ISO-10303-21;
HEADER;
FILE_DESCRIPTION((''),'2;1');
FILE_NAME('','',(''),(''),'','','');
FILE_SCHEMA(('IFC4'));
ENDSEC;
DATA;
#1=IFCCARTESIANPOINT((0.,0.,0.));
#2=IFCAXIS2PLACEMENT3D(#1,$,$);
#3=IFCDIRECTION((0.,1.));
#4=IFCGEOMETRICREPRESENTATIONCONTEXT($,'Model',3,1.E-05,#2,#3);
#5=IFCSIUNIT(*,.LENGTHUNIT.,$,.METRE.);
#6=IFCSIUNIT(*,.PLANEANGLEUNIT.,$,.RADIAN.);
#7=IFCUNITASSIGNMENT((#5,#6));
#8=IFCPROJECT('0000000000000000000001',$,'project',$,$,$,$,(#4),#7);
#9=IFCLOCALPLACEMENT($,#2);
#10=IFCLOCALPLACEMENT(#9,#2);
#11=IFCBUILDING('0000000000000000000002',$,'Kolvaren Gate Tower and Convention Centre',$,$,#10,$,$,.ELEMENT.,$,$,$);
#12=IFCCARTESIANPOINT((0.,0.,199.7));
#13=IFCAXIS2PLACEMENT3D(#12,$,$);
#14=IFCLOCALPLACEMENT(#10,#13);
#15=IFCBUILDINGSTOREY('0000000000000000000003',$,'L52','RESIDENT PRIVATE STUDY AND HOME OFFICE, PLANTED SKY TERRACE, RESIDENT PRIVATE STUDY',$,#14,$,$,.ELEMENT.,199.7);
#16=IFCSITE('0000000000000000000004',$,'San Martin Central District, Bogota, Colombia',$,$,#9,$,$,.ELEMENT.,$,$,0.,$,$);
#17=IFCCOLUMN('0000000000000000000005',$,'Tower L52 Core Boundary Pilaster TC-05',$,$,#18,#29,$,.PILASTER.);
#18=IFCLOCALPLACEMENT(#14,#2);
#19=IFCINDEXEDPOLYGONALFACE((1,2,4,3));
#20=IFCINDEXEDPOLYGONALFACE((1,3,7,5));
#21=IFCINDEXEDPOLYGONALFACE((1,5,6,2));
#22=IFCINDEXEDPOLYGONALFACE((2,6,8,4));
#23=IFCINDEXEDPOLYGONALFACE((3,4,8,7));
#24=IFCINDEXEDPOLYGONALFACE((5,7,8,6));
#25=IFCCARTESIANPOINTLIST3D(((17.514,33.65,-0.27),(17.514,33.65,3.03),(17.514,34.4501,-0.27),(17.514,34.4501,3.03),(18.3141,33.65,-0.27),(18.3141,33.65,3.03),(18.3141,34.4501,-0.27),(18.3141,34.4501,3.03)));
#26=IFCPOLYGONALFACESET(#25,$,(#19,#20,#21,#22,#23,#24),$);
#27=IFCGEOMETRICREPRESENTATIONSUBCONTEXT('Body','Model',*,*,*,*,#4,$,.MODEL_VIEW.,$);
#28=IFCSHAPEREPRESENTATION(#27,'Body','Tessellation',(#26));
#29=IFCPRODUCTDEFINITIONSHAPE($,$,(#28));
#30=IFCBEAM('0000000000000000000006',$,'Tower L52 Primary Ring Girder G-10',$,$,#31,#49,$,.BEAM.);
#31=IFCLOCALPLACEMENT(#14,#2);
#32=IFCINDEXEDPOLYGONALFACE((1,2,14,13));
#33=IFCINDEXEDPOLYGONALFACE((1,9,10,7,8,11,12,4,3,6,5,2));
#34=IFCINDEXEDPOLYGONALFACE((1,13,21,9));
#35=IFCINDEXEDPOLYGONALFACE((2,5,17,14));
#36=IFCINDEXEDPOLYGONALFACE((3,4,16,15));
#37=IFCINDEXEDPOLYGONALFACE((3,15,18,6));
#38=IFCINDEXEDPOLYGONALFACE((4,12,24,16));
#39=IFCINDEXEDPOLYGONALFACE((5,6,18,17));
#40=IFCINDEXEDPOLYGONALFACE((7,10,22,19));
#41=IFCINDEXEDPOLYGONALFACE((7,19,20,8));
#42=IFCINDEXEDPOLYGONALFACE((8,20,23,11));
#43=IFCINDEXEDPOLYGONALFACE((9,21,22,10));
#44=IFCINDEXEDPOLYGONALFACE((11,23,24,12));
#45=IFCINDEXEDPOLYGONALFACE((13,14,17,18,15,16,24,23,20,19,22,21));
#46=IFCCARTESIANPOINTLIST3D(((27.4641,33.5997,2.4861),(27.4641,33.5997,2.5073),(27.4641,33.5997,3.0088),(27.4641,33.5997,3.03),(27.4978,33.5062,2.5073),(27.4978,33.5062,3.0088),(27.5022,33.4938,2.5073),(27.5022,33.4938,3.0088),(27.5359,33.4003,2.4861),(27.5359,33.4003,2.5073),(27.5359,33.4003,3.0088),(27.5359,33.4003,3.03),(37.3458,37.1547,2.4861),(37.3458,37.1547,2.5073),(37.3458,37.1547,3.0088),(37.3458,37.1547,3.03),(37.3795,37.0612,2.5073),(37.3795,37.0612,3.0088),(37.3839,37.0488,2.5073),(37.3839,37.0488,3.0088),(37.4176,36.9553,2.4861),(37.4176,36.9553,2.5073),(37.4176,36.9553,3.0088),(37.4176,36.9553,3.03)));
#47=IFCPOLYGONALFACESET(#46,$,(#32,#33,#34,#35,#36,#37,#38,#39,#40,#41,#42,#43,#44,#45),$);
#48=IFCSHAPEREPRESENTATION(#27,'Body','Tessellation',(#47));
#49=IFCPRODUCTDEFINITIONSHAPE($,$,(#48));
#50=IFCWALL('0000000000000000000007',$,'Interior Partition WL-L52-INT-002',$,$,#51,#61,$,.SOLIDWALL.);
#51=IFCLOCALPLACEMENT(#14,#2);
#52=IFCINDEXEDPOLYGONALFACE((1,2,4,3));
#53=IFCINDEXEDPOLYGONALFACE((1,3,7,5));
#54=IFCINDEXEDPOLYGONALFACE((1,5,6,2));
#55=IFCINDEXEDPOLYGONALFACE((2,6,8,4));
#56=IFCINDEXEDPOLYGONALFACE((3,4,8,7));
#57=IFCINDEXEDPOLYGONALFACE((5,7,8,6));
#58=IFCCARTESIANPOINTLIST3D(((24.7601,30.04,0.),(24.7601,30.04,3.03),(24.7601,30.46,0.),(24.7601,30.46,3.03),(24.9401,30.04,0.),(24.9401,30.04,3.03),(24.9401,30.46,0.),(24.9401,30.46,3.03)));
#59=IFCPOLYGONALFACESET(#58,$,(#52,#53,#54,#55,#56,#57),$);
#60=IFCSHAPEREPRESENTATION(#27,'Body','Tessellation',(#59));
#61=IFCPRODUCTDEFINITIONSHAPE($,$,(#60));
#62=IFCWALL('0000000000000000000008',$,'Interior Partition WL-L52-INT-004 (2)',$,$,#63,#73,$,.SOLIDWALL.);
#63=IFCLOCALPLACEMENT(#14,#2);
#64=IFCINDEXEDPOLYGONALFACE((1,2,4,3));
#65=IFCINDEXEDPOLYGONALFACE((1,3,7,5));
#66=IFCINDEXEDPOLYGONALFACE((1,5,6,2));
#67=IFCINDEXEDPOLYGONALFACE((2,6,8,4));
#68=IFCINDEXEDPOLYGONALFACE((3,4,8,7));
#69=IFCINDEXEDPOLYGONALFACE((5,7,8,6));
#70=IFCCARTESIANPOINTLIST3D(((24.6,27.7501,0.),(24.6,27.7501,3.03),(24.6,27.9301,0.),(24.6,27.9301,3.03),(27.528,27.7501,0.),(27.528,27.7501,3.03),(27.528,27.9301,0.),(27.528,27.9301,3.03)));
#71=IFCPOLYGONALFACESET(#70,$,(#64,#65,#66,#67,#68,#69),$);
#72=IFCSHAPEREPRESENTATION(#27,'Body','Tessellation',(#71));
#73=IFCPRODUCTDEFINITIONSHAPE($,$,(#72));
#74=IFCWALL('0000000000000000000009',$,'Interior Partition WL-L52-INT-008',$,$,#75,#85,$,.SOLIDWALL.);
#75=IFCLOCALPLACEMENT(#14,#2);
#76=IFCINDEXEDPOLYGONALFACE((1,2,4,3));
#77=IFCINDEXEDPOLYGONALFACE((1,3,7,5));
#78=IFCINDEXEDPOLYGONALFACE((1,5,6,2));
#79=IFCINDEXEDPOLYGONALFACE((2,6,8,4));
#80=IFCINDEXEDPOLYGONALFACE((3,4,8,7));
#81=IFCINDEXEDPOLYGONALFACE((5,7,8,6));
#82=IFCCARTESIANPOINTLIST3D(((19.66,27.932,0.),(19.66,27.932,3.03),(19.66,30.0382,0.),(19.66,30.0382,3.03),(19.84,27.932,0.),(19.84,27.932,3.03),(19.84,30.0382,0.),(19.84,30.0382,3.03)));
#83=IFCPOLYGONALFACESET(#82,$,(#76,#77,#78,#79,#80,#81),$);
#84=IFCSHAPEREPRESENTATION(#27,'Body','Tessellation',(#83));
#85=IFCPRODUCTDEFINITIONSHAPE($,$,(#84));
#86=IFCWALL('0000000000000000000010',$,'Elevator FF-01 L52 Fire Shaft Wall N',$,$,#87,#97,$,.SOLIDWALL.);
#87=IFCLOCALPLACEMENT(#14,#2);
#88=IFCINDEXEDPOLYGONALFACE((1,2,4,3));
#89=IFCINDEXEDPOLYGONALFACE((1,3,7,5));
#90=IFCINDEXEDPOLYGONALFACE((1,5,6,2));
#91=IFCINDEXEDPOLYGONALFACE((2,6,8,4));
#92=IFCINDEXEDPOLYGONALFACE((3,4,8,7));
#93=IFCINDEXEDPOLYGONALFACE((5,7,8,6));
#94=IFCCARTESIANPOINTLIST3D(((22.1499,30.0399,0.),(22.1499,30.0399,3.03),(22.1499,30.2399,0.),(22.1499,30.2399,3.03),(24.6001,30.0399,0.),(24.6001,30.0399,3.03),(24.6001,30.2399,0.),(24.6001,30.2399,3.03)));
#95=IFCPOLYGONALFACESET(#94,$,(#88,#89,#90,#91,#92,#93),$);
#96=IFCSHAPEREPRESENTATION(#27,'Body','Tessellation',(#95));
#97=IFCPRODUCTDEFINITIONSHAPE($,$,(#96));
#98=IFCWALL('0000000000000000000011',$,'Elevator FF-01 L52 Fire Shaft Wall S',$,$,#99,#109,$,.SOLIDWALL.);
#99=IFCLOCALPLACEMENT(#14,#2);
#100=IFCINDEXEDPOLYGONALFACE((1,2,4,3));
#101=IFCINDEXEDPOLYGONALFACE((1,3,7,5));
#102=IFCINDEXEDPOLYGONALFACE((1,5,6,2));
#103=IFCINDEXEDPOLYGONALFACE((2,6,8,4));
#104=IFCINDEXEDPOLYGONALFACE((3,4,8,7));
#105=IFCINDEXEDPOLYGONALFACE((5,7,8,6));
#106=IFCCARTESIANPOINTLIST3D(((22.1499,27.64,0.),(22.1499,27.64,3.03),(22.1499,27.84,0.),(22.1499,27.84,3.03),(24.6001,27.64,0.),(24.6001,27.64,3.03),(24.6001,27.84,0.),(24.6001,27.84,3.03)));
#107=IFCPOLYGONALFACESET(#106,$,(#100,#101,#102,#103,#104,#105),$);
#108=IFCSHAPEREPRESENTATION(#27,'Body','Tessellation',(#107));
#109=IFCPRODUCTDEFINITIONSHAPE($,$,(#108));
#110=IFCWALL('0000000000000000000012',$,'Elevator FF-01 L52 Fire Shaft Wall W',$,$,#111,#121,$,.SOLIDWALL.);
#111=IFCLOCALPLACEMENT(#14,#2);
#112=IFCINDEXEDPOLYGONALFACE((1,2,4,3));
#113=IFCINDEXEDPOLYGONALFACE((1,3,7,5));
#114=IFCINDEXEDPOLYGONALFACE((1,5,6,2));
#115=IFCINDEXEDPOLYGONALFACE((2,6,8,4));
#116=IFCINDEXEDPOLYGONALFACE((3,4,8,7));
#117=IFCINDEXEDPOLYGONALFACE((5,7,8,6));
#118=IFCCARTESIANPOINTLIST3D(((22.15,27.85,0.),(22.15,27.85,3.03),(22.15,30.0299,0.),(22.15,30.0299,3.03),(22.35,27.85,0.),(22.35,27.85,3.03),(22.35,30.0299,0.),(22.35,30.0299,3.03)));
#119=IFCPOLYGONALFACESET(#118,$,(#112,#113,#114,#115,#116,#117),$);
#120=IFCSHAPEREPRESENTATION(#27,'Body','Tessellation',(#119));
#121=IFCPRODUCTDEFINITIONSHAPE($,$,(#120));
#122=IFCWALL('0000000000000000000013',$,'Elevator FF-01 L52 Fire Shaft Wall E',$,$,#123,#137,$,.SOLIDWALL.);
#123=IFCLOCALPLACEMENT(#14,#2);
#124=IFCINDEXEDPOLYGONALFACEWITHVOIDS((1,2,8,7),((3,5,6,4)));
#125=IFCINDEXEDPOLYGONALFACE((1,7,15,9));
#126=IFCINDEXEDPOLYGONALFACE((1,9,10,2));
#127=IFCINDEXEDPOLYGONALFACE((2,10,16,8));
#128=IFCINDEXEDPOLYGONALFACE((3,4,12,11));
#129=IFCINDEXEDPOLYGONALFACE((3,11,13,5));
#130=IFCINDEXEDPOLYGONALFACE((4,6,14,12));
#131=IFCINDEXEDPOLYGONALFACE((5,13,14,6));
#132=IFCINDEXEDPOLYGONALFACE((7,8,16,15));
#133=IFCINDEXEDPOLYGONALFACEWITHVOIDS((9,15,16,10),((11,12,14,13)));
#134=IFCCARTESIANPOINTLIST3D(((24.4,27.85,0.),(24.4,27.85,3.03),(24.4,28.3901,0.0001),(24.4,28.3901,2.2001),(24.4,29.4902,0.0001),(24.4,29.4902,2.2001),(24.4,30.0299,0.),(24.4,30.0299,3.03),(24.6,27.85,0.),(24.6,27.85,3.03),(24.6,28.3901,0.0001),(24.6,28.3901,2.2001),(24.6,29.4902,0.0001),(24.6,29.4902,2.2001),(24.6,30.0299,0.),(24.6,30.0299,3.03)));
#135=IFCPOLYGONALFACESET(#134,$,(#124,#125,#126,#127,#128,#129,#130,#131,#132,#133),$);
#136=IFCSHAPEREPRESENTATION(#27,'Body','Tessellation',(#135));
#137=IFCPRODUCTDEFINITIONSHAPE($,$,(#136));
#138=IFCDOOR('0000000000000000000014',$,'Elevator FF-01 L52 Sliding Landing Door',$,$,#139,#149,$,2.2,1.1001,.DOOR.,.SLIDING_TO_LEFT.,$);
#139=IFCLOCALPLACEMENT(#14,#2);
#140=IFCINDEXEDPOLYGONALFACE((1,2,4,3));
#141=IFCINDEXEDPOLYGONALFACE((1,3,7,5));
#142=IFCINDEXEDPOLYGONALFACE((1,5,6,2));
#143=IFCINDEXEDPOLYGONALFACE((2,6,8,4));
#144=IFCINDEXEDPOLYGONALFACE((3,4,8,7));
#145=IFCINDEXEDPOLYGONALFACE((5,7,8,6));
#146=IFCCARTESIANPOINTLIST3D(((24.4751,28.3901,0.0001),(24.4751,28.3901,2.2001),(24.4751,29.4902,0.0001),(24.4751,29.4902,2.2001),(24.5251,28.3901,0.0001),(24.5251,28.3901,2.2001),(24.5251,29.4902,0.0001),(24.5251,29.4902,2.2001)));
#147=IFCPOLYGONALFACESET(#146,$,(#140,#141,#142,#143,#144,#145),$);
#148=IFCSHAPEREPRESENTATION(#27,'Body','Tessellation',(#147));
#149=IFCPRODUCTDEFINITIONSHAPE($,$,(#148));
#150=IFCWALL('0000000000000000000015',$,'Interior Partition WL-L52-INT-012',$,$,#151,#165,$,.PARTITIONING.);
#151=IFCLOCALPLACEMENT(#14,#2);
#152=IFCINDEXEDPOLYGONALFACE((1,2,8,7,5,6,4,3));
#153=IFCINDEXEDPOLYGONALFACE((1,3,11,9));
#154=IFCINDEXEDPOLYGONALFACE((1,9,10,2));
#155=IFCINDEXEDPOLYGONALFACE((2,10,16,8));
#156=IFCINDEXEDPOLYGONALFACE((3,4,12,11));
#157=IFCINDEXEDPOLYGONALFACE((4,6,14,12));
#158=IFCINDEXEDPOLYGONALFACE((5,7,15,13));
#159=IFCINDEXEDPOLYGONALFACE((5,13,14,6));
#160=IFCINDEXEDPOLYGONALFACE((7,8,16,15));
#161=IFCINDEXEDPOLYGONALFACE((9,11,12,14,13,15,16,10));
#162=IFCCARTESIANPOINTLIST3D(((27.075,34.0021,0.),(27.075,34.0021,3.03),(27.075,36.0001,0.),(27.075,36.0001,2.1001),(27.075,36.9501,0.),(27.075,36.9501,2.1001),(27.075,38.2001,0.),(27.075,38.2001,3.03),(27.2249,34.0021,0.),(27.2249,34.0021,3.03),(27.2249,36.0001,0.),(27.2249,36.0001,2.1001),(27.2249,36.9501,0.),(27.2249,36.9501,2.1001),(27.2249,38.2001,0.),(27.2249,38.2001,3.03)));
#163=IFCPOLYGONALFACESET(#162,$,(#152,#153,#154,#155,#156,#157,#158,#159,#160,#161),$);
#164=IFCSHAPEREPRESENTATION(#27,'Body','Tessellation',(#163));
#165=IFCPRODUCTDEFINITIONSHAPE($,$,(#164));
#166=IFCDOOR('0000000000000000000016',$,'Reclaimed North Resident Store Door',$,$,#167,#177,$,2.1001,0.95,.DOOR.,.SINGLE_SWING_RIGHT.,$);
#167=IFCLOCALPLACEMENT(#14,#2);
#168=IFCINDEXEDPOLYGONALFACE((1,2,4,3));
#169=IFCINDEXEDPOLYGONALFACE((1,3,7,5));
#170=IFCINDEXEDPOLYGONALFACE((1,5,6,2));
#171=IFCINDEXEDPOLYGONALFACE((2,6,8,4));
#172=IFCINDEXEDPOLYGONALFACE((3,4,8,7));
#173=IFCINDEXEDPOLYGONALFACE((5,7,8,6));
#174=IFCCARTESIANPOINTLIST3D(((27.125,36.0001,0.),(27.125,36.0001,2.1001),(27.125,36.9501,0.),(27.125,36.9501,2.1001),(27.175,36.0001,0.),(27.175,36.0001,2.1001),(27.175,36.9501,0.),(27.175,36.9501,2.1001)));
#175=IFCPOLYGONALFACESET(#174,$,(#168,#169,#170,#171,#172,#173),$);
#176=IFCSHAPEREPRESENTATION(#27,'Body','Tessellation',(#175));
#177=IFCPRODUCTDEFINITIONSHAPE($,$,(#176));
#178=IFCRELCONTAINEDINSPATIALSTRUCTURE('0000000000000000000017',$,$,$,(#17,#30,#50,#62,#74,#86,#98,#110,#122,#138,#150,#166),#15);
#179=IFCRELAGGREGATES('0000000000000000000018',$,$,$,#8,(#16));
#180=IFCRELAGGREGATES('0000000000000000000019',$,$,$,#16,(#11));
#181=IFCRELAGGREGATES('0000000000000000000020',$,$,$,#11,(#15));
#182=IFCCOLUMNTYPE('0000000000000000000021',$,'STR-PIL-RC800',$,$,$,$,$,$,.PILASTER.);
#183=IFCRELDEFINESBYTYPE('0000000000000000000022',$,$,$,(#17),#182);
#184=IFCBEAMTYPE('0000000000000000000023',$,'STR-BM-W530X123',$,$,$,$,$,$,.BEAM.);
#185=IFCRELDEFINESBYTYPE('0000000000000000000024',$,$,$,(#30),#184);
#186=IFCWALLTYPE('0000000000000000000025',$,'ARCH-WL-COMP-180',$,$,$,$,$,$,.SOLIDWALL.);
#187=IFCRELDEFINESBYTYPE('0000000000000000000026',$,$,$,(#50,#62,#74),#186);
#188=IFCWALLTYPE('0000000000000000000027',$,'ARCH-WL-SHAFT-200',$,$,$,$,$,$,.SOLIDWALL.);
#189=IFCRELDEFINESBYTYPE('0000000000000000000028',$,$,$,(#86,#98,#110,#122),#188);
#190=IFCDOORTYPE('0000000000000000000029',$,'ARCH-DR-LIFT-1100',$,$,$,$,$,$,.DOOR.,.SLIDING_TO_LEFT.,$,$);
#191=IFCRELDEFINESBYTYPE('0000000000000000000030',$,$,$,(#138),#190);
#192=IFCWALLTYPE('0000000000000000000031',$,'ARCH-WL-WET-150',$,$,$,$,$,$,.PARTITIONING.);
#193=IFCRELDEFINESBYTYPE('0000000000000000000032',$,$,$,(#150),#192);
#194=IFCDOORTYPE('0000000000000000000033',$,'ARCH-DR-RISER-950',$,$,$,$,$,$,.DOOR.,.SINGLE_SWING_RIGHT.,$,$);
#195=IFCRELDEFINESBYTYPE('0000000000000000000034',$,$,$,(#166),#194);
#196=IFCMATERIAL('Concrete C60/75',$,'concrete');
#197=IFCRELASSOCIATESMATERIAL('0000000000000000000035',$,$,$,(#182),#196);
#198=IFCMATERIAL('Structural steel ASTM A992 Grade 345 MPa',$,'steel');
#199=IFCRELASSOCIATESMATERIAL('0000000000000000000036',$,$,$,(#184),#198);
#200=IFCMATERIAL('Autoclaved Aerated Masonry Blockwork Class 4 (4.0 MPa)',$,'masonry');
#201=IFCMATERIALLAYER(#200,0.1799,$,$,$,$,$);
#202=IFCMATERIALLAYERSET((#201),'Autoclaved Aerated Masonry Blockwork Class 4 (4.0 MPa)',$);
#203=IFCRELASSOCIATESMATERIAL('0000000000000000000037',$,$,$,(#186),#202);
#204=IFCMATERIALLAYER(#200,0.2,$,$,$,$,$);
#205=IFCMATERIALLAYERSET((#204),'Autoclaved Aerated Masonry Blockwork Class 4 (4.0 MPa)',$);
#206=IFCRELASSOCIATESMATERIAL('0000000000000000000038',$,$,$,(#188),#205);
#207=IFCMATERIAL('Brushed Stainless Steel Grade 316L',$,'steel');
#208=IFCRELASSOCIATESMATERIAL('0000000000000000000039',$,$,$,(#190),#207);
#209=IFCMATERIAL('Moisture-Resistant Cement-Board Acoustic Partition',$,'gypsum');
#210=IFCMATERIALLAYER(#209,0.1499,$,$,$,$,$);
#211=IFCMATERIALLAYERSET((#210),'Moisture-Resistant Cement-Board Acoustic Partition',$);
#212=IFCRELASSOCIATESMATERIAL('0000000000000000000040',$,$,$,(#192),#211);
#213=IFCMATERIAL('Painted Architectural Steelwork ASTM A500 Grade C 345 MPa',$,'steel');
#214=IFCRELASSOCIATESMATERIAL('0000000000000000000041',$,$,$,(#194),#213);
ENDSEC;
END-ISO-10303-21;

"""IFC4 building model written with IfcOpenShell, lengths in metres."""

from ifc_helpers import new_model, si_unit, direction, frame, frame_2d, origin, origin_2d, place, context, subcontext, project, spatial, rectangle, i_section, extrude, material, layer, layer_set, material_profile, profile_set, type_object, element, fill, save


model = new_model("IFC4")

# Units and contexts
model_context = context("Model", 3, precision=1e-05, world=origin(), true_north=direction((0.0, 1.0)))
body_context = subcontext(model_context, "Body", "Model", "MODEL_VIEW")
ifc_project = project(units=[si_unit("LENGTHUNIT", "METRE"), si_unit("PLANEANGLEUNIT", "RADIAN")], contexts=[model_context])

# Site, building, storey
site_placement = place(None, origin())
site = spatial("IfcSite", under=ifc_project, at=site_placement, Name="San Martin Central District, Bogota, Colombia", CompositionType="ELEMENT", RefElevation=0.0)
building_placement = place(site_placement, origin())
building = spatial("IfcBuilding", under=site, at=building_placement, Name="Kolvaren Gate Tower and Convention Centre", CompositionType="ELEMENT")
storey_placement = place(building_placement, frame((0.0, 0.0, 199.7)))
storey = spatial("IfcBuildingStorey", under=building, at=storey_placement, Name="L52", Description="RESIDENT PRIVATE STUDY AND HOME OFFICE, PLANTED SKY TERRACE, RESIDENT PRIVATE STUDY", CompositionType="ELEMENT", Elevation=199.7)

# Column
ifc_material_1 = material(Name="Concrete C60/75", Category="concrete")
ifc_material_profile_1 = material_profile(ifc_material_1, rectangle(XDim=0.8, YDim=0.8, at=origin_2d()), Name="RC-COL-800X800")
ifc_profile_set_1 = profile_set([ifc_material_profile_1], Name="Concrete C60/75")
column_type = type_object("IfcColumnType", Name="STR-PIL-RC800", PredefinedType="PILASTER", material=ifc_profile_set_1)
column_placement = place(storey_placement, frame((17.9141, 34.05, -0.27), z_axis=(0.0, 0.0, 1.0), x_axis=(1.0, 0.0, 0.0)))
element("IfcColumn", 1, at=column_placement, inside=storey, type_object=column_type, Name="Tower L52 Core Boundary Pilaster TC-05", PredefinedType="PILASTER", context=body_context, shape_type="SweptSolid", body=[
    extrude(rectangle(XDim=0.8, YDim=0.8, at=origin_2d()), origin(), (0.0, 0.0, 1.0), 3.3),
])

# Beam
ifc_material_2 = material(Name="Structural steel ASTM A992 Grade 345 MPa", Category="steel")
ifc_material_profile_2 = material_profile(ifc_material_2, i_section(OverallWidth=0.2119, OverallDepth=0.5439, WebThickness=0.0132, FlangeThickness=0.0212, at=origin_2d()), Name="W530X123")
ifc_profile_set_2 = profile_set([ifc_material_profile_2], Name="Structural steel ASTM A992 Grade 345 MPa")
beam_type = type_object("IfcBeamType", Name="STR-BM-W530X123", PredefinedType="BEAM", material=ifc_profile_set_2)
beam_placement = place(storey_placement, frame((27.5, 33.5, 2.7581), z_axis=(0.940961, 0.338514, 0.0), x_axis=(-0.338514, 0.940961, 0.0)))
element("IfcBeam", 2, at=beam_placement, inside=storey, type_object=beam_type, Name="Tower L52 Primary Ring Girder G-10", PredefinedType="BEAM", context=body_context, shape_type="SweptSolid", body=[
    extrude(i_section(OverallWidth=0.2119, OverallDepth=0.5439, WebThickness=0.0132, FlangeThickness=0.0212, at=origin_2d()), origin(), (0.0, 0.0, 1.0), 10.5017),
])

# Walls
ifc_material_3 = material(Name="Autoclaved Aerated Masonry Blockwork Class 4 (4.0 MPa)", Category="masonry")
ifc_layer_1 = layer(ifc_material_3, 0.1799)
ifc_layer_set_1 = layer_set([ifc_layer_1], Name="Autoclaved Aerated Masonry Blockwork Class 4 (4.0 MPa)")
wall_type_1 = type_object("IfcWallType", Name="ARCH-WL-COMP-180", PredefinedType="SOLIDWALL", material=ifc_layer_set_1)
wall_1_placement = place(storey_placement, frame((24.8501, 30.04, 0.0), z_axis=(0.0, 0.0, 1.0), x_axis=(0.0, 1.0, 0.0)))
element("IfcWall", 3, at=wall_1_placement, inside=storey, type_object=wall_type_1, Name="Interior Partition WL-L52-INT-002", PredefinedType="SOLIDWALL", context=body_context, shape_type="SweptSolid", body=[
    extrude(rectangle(XDim=0.4199, YDim=0.1799, at=frame_2d((0.21, 0.0))), origin(), (0.0, 0.0, 1.0), 3.03),
])
wall_2_placement = place(storey_placement, frame((24.6001, 27.8401, 0.0), z_axis=(0.0, 0.0, 1.0), x_axis=(1.0, 0.0, 0.0)))
element("IfcWall", 4, at=wall_2_placement, inside=storey, type_object=wall_type_1, Name="Interior Partition WL-L52-INT-004 (2)", PredefinedType="SOLIDWALL", context=body_context, shape_type="SweptSolid", body=[
    extrude(rectangle(XDim=2.928, YDim=0.1799, at=frame_2d((1.4639, 0.0))), origin(), (0.0, 0.0, 1.0), 3.03),
])
wall_3_placement = place(storey_placement, frame((19.75, 27.9319, 0.0), z_axis=(0.0, 0.0, 1.0), x_axis=(0.0, 1.0, 0.0)))
element("IfcWall", 5, at=wall_3_placement, inside=storey, type_object=wall_type_1, Name="Interior Partition WL-L52-INT-008", PredefinedType="SOLIDWALL", context=body_context, shape_type="SweptSolid", body=[
    extrude(rectangle(XDim=2.1062, YDim=0.1799, at=frame_2d((1.0532, 0.0))), origin(), (0.0, 0.0, 1.0), 3.03),
])
ifc_layer_2 = layer(ifc_material_3, 0.2)
ifc_layer_set_2 = layer_set([ifc_layer_2], Name="Autoclaved Aerated Masonry Blockwork Class 4 (4.0 MPa)")
wall_type_2 = type_object("IfcWallType", Name="ARCH-WL-SHAFT-200", PredefinedType="SOLIDWALL", material=ifc_layer_set_2)
for number, where, z_axis, x_axis, name in (
    (6, (22.1499, 30.1399, 0.0), (0.0, 0.0, 1.0), (1.0, 0.0, 0.0), "Elevator FF-01 L52 Fire Shaft Wall N"),
    (7, (22.1499, 27.74, 0.0), (0.0, 0.0, 1.0), (1.0, 0.0, 0.0), "Elevator FF-01 L52 Fire Shaft Wall S"),
):
    element("IfcWall", number, at=place(storey_placement, frame(where, z_axis=z_axis, x_axis=x_axis)), inside=storey, type_object=wall_type_2, Name=name, PredefinedType="SOLIDWALL", context=body_context, shape_type="SweptSolid", body=[
        extrude(rectangle(XDim=2.4502, YDim=0.2, at=frame_2d((1.2251, 0.0))), origin(), (0.0, 0.0, 1.0), 3.03),
    ])
wall_4_placement = place(storey_placement, frame((22.25, 27.8501, 0.0), z_axis=(0.0, 0.0, 1.0), x_axis=(0.0, 1.0, 0.0)))
element("IfcWall", 8, at=wall_4_placement, inside=storey, type_object=wall_type_2, Name="Elevator FF-01 L52 Fire Shaft Wall W", PredefinedType="SOLIDWALL", context=body_context, shape_type="SweptSolid", body=[
    extrude(rectangle(XDim=2.1799, YDim=0.2, at=frame_2d((1.0898, 0.0))), origin(), (0.0, 0.0, 1.0), 3.03),
])

# Walls, openings, doors
wall_5_placement = place(storey_placement, frame((24.5, 27.8501, 0.0), z_axis=(0.0, 0.0, 1.0), x_axis=(0.0, 1.0, 0.0)))
wall_5 = element("IfcWall", 9, at=wall_5_placement, inside=storey, type_object=wall_type_2, Name="Elevator FF-01 L52 Fire Shaft Wall E", PredefinedType="SOLIDWALL", context=body_context, shape_type="SweptSolid", body=[
    extrude(rectangle(XDim=2.1799, YDim=0.2, at=frame_2d((1.0898, 0.0))), origin(), (0.0, 0.0, 1.0), 3.03),
])
opening_1_placement = place(wall_5_placement, frame((0.54, 0.0, 0.0)))
opening_1 = element("IfcOpeningElement", 10, at=opening_1_placement, cuts=wall_5, PredefinedType="OPENING", context=body_context, shape_type="SweptSolid", body=[
    extrude(rectangle(XDim=1.1001, YDim=2.2, at=frame_2d((0.55, 1.1001))), frame((0.0, 0.1099, 0.0), z_axis=(0.0, -1.0, 0.0), x_axis=(1.0, 0.0, 0.0)), (0.0, 0.0, 1.0), 0.22),
])
ifc_material_4 = material(Name="Brushed Stainless Steel Grade 316L", Category="steel")
door_type_1 = type_object("IfcDoorType", Name="ARCH-DR-LIFT-1100", OperationType="SLIDING_TO_LEFT", PredefinedType="DOOR", material=ifc_material_4)
door_1_placement = place(opening_1_placement, origin())
door_1 = element("IfcDoor", 11, at=door_1_placement, inside=storey, type_object=door_type_1, Name="Elevator FF-01 L52 Sliding Landing Door", OperationType="SLIDING_TO_LEFT", OverallHeight=2.2, OverallWidth=1.1001, PredefinedType="DOOR", context=body_context, shape_type="SweptSolid", body=[
    extrude(rectangle(XDim=1.1001, YDim=2.2, at=frame_2d((0.55, 1.1001))), frame((0.0, 0.0249, 0.0), z_axis=(0.0, -1.0, 0.0), x_axis=(1.0, 0.0, 0.0)), (0.0, 0.0, 1.0), 0.05),
])
fill(opening_1, door_1)
ifc_material_5 = material(Name="Moisture-Resistant Cement-Board Acoustic Partition", Category="gypsum")
ifc_layer_3 = layer(ifc_material_5, 0.1499)
ifc_layer_set_3 = layer_set([ifc_layer_3], Name="Moisture-Resistant Cement-Board Acoustic Partition")
wall_type_3 = type_object("IfcWallType", Name="ARCH-WL-WET-150", PredefinedType="PARTITIONING", material=ifc_layer_set_3)
wall_6_placement = place(storey_placement, frame((27.1499, 34.002, 0.0), z_axis=(0.0, 0.0, 1.0), x_axis=(0.0, 1.0, 0.0)))
wall_6 = element("IfcWall", 12, at=wall_6_placement, inside=storey, type_object=wall_type_3, Name="Interior Partition WL-L52-INT-012", PredefinedType="PARTITIONING", context=body_context, shape_type="SweptSolid", body=[
    extrude(rectangle(XDim=4.198, YDim=0.1499, at=frame_2d((2.0991, 0.0))), origin(), (0.0, 0.0, 1.0), 3.03),
])
opening_2_placement = place(wall_6_placement, frame((1.998, 0.0, 0.0)))
opening_2 = element("IfcOpeningElement", 13, at=opening_2_placement, cuts=wall_6, PredefinedType="OPENING", context=body_context, shape_type="SweptSolid", body=[
    extrude(rectangle(XDim=0.95, YDim=2.1001, at=frame_2d((0.4751, 1.05))), frame((0.0, 0.085, 0.0), z_axis=(0.0, -1.0, 0.0), x_axis=(1.0, 0.0, 0.0)), (0.0, 0.0, 1.0), 0.1699),
])
ifc_material_6 = material(Name="Painted Architectural Steelwork ASTM A500 Grade C 345 MPa", Category="steel")
door_type_2 = type_object("IfcDoorType", Name="ARCH-DR-RISER-950", OperationType="SINGLE_SWING_RIGHT", PredefinedType="DOOR", material=ifc_material_6)
door_2_placement = place(opening_2_placement, origin())
door_2 = element("IfcDoor", 14, at=door_2_placement, inside=storey, type_object=door_type_2, Name="Reclaimed North Resident Store Door", OperationType="SINGLE_SWING_RIGHT", OverallHeight=2.1001, OverallWidth=0.95, PredefinedType="DOOR", context=body_context, shape_type="SweptSolid", body=[
    extrude(rectangle(XDim=0.95, YDim=2.1001, at=frame_2d((0.4751, 1.05))), frame((0.0, 0.0249, 0.0), z_axis=(0.0, -1.0, 0.0), x_axis=(1.0, 0.0, 0.0)), (0.0, 0.0, 1.0), 0.05),
])
fill(opening_2, door_2)

save(model, "model.ifc")
